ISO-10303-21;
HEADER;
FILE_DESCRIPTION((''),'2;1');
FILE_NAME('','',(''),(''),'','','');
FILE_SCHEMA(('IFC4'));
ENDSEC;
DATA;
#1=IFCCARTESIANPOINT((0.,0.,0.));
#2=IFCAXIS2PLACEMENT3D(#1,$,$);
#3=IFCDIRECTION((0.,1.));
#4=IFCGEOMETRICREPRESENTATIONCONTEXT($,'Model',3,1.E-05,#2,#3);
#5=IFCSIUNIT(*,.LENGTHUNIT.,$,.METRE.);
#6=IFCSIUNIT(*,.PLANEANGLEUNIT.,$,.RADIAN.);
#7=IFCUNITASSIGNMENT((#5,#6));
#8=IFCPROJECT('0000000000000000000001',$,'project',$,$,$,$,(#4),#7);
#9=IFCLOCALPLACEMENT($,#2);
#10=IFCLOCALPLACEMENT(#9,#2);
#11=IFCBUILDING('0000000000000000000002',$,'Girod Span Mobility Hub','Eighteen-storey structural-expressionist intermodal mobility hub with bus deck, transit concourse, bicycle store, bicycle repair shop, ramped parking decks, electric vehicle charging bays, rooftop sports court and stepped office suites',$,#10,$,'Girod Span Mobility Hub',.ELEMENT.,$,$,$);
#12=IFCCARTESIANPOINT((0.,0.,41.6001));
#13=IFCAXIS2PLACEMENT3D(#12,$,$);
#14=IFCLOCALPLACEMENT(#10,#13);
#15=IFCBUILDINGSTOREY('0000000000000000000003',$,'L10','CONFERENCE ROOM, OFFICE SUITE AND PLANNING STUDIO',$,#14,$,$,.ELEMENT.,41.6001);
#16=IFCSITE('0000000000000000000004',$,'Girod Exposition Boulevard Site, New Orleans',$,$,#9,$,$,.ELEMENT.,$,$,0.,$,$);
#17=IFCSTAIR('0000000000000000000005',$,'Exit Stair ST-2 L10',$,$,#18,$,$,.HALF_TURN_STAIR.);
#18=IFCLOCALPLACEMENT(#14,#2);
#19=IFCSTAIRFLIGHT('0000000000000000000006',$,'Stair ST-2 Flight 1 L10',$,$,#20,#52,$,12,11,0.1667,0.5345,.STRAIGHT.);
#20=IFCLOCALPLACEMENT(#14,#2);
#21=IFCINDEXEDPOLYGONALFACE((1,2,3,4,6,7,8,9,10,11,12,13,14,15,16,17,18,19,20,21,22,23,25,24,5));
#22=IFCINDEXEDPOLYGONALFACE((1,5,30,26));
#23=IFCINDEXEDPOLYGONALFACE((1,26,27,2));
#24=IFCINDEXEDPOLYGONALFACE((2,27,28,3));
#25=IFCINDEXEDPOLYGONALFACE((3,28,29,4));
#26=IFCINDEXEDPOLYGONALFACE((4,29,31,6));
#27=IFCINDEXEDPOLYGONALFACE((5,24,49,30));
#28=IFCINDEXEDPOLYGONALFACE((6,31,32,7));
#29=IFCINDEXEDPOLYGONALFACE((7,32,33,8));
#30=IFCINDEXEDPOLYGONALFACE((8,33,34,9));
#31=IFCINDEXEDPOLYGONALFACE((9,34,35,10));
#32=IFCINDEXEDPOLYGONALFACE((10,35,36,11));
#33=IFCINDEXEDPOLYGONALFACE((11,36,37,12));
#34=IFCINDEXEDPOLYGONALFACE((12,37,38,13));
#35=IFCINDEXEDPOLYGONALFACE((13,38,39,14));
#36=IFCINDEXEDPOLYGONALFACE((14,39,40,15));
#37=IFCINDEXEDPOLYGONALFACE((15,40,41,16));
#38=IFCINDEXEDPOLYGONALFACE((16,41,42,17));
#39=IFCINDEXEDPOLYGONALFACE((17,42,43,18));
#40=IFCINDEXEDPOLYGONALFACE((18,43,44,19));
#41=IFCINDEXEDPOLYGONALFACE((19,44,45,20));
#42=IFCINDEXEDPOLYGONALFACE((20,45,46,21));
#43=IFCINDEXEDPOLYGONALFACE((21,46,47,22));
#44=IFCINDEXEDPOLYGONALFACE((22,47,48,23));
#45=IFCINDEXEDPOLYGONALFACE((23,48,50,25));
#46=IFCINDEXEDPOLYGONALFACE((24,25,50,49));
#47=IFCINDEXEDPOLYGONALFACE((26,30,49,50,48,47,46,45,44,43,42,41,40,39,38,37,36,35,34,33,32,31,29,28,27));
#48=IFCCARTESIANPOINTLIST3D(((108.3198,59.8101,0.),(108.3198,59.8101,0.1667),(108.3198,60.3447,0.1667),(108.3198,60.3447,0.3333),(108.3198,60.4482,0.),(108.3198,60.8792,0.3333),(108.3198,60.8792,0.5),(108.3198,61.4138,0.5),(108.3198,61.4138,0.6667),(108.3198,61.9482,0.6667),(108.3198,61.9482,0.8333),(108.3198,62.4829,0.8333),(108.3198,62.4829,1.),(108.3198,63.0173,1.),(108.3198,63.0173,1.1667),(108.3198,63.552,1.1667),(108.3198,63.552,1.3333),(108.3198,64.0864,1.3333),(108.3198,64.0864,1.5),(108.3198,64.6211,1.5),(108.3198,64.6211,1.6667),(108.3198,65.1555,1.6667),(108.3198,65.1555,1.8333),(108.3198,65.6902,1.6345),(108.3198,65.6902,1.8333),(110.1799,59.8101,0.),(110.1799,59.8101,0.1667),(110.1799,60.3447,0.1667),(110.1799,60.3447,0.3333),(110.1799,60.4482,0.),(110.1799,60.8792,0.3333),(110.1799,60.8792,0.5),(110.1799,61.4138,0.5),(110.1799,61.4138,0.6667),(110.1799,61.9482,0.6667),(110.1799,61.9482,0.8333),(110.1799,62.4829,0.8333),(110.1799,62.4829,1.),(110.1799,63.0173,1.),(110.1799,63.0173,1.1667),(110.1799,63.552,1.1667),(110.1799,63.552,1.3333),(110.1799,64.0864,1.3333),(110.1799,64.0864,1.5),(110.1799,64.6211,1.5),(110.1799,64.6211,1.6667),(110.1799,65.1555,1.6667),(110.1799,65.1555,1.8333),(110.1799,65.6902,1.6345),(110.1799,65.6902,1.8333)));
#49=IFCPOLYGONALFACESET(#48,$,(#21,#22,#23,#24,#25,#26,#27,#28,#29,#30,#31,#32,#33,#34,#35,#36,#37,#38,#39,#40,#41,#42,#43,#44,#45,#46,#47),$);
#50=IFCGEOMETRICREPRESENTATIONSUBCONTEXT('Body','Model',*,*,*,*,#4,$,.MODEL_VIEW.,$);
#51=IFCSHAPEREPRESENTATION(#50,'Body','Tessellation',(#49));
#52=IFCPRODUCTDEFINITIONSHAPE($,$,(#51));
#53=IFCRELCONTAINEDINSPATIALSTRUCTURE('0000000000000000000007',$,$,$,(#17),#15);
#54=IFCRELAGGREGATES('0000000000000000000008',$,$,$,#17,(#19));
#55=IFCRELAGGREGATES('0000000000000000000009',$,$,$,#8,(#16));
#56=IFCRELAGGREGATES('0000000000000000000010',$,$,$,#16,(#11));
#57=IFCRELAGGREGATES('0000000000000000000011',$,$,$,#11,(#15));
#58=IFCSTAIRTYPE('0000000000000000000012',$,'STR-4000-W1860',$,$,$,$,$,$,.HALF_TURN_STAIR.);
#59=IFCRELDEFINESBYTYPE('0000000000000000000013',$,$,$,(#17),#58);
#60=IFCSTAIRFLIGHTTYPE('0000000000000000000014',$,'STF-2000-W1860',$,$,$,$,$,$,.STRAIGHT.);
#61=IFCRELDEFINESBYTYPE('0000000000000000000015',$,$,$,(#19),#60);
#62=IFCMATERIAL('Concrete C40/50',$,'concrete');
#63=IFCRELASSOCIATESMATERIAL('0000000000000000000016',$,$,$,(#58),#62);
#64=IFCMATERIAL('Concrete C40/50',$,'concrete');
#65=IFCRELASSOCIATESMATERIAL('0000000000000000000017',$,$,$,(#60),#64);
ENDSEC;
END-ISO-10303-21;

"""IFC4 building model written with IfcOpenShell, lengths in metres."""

from ifc_helpers import new_model, si_unit, direction, frame, origin, place, context, subcontext, project, spatial, polyline, outline, extrude, material, type_object, element, aggregate, save


model = new_model("IFC4")

# Units and contexts
model_context = context("Model", 3, precision=1e-05, world=origin(), true_north=direction((0.0, 1.0)))
body_context = subcontext(model_context, "Body", "Model", "MODEL_VIEW")
ifc_project = project(units=[si_unit("LENGTHUNIT", "METRE"), si_unit("PLANEANGLEUNIT", "RADIAN")], contexts=[model_context])

# Site, building, storey
site_placement = place(None, origin())
site = spatial("IfcSite", under=ifc_project, at=site_placement, Name="Girod Exposition Boulevard Site, New Orleans", CompositionType="ELEMENT", RefElevation=0.0)
building_placement = place(site_placement, origin())
building = spatial("IfcBuilding", under=site, at=building_placement, Name="Girod Span Mobility Hub", Description="Eighteen-storey structural-expressionist intermodal mobility hub with bus deck, transit concourse, bicycle store, bicycle repair shop, ramped parking decks, electric vehicle charging bays, rooftop sports court and stepped office suites", LongName="Girod Span Mobility Hub", CompositionType="ELEMENT")
storey_placement = place(building_placement, frame((0.0, 0.0, 41.6001)))
storey = spatial("IfcBuildingStorey", under=building, at=storey_placement, Name="L10", Description="CONFERENCE ROOM, OFFICE SUITE AND PLANNING STUDIO", CompositionType="ELEMENT", Elevation=41.6001)

# Stair, stair flight
ifc_material_1 = material(Name="Concrete C40/50", Category="concrete")
stair_type = type_object("IfcStairType", Name="STR-4000-W1860", PredefinedType="HALF_TURN_STAIR", material=ifc_material_1)
stair_placement = place(storey_placement, origin())
stair = element("IfcStair", 1, at=stair_placement, inside=storey, type_object=stair_type, Name="Exit Stair ST-2 L10", PredefinedType="HALF_TURN_STAIR")
ifc_material_2 = material(Name="Concrete C40/50", Category="concrete")
stair_flight_type = type_object("IfcStairFlightType", Name="STF-2000-W1860", PredefinedType="STRAIGHT", material=ifc_material_2)
stair_flight_placement = place(storey_placement, frame((109.25, 59.8101, 0.0), z_axis=(0.0, 0.0, 1.0), x_axis=(0.0, 1.0, 0.0)))
stair_flight = element("IfcStairFlight", 2, at=stair_flight_placement, type_object=stair_flight_type, Name="Stair ST-2 Flight 1 L10", NumberOfRisers=12, NumberOfTreads=11, PredefinedType="STRAIGHT", RiserHeight=0.1667, TreadLength=0.5345, context=body_context, shape_type="SweptSolid", body=[
    extrude(outline(polyline([(0.0, 0.0), (0.0, 0.1667), (0.5347, 0.1667), (0.5347, 0.3333), (1.0691, 0.3333), (1.0691, 0.5), (1.6038, 0.5), (1.6038, 0.6667), (2.1382, 0.6667), (2.1382, 0.8333), (2.6729, 0.8333), (2.6729, 1.0), (3.2073, 1.0), (3.2073, 1.1667), (3.7419, 1.1667), (3.7419, 1.3333), (4.2764, 1.3333), (4.2764, 1.5), (4.811, 1.5), (4.811, 1.6667), (5.3455, 1.6667), (5.3455, 1.8333), (5.8801, 1.8333), (5.8801, 2.0), (5.8801, 1.6345), (0.6382, 0.0), (0.0, 0.0)])), frame((0.0, 0.9302, 0.0), z_axis=(0.0, -1.0, 0.0), x_axis=(1.0, 0.0, 0.0)), (0.0, 0.0, 1.0), 1.8601),
])
aggregate(stair, [stair_flight])

save(model, "model.ifc")
